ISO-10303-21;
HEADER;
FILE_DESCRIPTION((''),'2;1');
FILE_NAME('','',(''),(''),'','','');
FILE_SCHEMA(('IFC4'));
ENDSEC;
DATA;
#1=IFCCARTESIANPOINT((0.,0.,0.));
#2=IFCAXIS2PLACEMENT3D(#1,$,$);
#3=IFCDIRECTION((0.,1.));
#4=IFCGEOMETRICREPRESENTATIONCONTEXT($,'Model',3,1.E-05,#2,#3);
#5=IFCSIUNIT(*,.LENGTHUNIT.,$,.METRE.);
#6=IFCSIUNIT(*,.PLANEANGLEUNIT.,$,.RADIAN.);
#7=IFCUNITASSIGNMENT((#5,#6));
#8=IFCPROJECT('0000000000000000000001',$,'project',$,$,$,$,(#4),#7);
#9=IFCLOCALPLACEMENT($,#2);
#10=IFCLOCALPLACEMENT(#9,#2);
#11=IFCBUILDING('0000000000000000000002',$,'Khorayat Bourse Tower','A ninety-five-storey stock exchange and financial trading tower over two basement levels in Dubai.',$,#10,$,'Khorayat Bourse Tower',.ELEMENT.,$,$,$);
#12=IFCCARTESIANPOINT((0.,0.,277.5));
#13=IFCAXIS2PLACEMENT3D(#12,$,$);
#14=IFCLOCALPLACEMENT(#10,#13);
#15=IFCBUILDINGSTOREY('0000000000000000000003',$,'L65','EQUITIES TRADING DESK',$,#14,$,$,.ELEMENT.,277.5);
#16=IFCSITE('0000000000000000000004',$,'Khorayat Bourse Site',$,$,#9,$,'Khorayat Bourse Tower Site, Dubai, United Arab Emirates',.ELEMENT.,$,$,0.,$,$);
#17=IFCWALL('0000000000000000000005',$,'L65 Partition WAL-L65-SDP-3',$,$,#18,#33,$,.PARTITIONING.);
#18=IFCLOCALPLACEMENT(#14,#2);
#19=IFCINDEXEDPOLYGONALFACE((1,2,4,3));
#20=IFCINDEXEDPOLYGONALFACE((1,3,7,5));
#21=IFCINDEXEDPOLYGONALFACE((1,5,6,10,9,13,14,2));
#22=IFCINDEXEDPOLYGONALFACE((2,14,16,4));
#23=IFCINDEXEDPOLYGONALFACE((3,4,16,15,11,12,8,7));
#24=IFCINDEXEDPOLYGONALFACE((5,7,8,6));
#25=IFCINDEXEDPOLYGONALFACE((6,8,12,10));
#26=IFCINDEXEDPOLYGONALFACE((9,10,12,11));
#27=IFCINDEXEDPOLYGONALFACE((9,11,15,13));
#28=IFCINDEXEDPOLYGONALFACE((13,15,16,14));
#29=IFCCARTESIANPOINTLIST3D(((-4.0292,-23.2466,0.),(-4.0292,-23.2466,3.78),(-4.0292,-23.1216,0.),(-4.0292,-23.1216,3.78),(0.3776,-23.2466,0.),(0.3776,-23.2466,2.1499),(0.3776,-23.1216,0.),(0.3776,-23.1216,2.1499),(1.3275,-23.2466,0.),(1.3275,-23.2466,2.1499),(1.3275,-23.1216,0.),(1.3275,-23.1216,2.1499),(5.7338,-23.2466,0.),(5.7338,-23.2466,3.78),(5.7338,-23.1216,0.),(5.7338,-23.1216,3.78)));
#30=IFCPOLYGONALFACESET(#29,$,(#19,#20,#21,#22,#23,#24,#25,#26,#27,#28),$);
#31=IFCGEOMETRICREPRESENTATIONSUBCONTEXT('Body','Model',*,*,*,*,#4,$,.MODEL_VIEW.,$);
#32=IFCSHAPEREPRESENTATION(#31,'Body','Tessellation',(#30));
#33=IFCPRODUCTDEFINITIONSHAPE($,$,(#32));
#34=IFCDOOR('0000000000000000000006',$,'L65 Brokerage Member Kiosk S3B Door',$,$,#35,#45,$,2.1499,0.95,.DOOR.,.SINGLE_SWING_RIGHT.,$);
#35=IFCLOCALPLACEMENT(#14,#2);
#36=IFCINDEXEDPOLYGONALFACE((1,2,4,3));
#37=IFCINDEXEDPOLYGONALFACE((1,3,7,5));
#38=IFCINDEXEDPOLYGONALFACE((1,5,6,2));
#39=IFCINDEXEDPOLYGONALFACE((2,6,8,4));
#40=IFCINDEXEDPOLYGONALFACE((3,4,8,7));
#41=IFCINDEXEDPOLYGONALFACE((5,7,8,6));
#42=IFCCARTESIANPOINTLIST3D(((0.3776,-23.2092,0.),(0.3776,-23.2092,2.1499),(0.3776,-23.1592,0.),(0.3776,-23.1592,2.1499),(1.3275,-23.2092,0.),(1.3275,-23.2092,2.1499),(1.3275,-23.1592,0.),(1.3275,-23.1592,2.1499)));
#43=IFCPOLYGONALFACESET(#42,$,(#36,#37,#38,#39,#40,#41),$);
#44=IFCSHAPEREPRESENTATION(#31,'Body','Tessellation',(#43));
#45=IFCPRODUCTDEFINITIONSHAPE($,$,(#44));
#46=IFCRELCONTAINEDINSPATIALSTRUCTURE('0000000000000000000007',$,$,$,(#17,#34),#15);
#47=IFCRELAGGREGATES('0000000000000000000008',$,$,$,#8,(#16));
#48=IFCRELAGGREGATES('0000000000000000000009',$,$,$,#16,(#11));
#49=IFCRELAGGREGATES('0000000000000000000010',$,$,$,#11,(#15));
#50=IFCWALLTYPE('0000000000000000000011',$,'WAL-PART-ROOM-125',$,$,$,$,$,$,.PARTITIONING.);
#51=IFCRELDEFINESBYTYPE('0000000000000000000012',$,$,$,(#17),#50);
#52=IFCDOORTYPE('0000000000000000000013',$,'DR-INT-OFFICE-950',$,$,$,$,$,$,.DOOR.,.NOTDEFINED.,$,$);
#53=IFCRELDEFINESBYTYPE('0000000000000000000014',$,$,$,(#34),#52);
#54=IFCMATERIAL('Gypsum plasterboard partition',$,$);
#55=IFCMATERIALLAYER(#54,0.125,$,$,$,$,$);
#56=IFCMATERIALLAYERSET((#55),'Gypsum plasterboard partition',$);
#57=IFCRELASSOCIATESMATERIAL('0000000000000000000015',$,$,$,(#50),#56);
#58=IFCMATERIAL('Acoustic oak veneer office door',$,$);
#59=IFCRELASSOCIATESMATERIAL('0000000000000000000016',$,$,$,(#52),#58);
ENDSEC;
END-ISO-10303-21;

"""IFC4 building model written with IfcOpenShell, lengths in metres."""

from ifc_helpers import new_model, si_unit, direction, frame, frame_2d, origin, place, context, subcontext, project, spatial, rectangle, extrude, source, transform, mapped, material, layer, layer_set, type_object, element, fill, save


model = new_model("IFC4")

# Units and contexts
model_context = context("Model", 3, precision=1e-05, world=origin(), true_north=direction((0.0, 1.0)))
body_context = subcontext(model_context, "Body", "Model", "MODEL_VIEW")
ifc_project = project(units=[si_unit("LENGTHUNIT", "METRE"), si_unit("PLANEANGLEUNIT", "RADIAN")], contexts=[model_context])

# Site, building, storey
site_placement = place(None, origin())
site = spatial("IfcSite", under=ifc_project, at=site_placement, Name="Khorayat Bourse Site", LongName="Khorayat Bourse Tower Site, Dubai, United Arab Emirates", CompositionType="ELEMENT", RefElevation=0.0)
building_placement = place(site_placement, origin())
building = spatial("IfcBuilding", under=site, at=building_placement, Name="Khorayat Bourse Tower", Description="A ninety-five-storey stock exchange and financial trading tower over two basement levels in Dubai.", LongName="Khorayat Bourse Tower", CompositionType="ELEMENT")
storey_placement = place(building_placement, frame((0.0, 0.0, 277.5)))
storey = spatial("IfcBuildingStorey", under=building, at=storey_placement, Name="L65", Description="EQUITIES TRADING DESK", CompositionType="ELEMENT", Elevation=277.5)

# Wall, opening, door
ifc_material_1 = material(Name="Gypsum plasterboard partition")
ifc_layer_1 = layer(ifc_material_1, 0.125)
ifc_layer_set_1 = layer_set([ifc_layer_1], Name="Gypsum plasterboard partition")
wall_type_1 = type_object("IfcWallType", Name="WAL-PART-ROOM-125", PredefinedType="PARTITIONING", material=ifc_layer_set_1)
shared_shape_1 = source(origin(), body_context, "Body", "SweptSolid", [
    extrude(rectangle(XDim=9.7629, YDim=0.125, at=frame_2d((4.8813, 0.0))), origin(), (0.0, 0.0, 1.0), 3.78),
])
wall_1_placement = place(storey_placement, frame((-4.0291, -23.1841, 0.0), z_axis=(0.0, 0.0, 1.0), x_axis=(1.0, 0.0, 0.0)))
wall_1 = element("IfcWall", 1, at=wall_1_placement, inside=storey, type_object=wall_type_1, Name="L65 Partition WAL-L65-SDP-3", PredefinedType="PARTITIONING", context=body_context, shape_type="MappedRepresentation", body=[
    mapped(shared_shape_1, transform((0.0, 0.0, 0.0), scale=1.0)),
])
shared_shape_2 = source(origin(), body_context, "Body", "SweptSolid", [
    extrude(rectangle(XDim=0.95, YDim=2.1499, at=frame_2d((0.4751, 1.075))), frame((0.0, 0.0725, 0.0), z_axis=(0.0, -1.0, 0.0), x_axis=(1.0, 0.0, 0.0)), (0.0, 0.0, 1.0), 0.145),
])
opening_placement = place(wall_1_placement, frame((4.4065, 0.0, 0.0)))
opening = element("IfcOpeningElement", 2, at=opening_placement, cuts=wall_1, PredefinedType="OPENING", context=body_context, shape_type="MappedRepresentation", body=[
    mapped(shared_shape_2, transform((0.0, 0.0, 0.0), scale=1.0)),
])
ifc_material_2 = material(Name="Acoustic oak veneer office door")
door_type = type_object("IfcDoorType", Name="DR-INT-OFFICE-950", OperationType="NOTDEFINED", PredefinedType="DOOR", material=ifc_material_2)
shared_shape_3 = source(origin(), body_context, "Body", "SweptSolid", [
    extrude(rectangle(XDim=0.95, YDim=2.1499, at=frame_2d((0.4751, 1.075))), frame((0.0, 0.0249, 0.0), z_axis=(0.0, -1.0, 0.0), x_axis=(1.0, 0.0, 0.0)), (0.0, 0.0, 1.0), 0.05),
])
door_placement = place(opening_placement, origin())
door = element("IfcDoor", 3, at=door_placement, inside=storey, type_object=door_type, Name="L65 Brokerage Member Kiosk S3B Door", OperationType="SINGLE_SWING_RIGHT", OverallHeight=2.1499, OverallWidth=0.95, PredefinedType="DOOR", context=body_context, shape_type="MappedRepresentation", body=[
    mapped(shared_shape_3, transform((0.0, 0.0, 0.0), scale=1.0)),
])
fill(opening, door)

save(model, "model.ifc")
